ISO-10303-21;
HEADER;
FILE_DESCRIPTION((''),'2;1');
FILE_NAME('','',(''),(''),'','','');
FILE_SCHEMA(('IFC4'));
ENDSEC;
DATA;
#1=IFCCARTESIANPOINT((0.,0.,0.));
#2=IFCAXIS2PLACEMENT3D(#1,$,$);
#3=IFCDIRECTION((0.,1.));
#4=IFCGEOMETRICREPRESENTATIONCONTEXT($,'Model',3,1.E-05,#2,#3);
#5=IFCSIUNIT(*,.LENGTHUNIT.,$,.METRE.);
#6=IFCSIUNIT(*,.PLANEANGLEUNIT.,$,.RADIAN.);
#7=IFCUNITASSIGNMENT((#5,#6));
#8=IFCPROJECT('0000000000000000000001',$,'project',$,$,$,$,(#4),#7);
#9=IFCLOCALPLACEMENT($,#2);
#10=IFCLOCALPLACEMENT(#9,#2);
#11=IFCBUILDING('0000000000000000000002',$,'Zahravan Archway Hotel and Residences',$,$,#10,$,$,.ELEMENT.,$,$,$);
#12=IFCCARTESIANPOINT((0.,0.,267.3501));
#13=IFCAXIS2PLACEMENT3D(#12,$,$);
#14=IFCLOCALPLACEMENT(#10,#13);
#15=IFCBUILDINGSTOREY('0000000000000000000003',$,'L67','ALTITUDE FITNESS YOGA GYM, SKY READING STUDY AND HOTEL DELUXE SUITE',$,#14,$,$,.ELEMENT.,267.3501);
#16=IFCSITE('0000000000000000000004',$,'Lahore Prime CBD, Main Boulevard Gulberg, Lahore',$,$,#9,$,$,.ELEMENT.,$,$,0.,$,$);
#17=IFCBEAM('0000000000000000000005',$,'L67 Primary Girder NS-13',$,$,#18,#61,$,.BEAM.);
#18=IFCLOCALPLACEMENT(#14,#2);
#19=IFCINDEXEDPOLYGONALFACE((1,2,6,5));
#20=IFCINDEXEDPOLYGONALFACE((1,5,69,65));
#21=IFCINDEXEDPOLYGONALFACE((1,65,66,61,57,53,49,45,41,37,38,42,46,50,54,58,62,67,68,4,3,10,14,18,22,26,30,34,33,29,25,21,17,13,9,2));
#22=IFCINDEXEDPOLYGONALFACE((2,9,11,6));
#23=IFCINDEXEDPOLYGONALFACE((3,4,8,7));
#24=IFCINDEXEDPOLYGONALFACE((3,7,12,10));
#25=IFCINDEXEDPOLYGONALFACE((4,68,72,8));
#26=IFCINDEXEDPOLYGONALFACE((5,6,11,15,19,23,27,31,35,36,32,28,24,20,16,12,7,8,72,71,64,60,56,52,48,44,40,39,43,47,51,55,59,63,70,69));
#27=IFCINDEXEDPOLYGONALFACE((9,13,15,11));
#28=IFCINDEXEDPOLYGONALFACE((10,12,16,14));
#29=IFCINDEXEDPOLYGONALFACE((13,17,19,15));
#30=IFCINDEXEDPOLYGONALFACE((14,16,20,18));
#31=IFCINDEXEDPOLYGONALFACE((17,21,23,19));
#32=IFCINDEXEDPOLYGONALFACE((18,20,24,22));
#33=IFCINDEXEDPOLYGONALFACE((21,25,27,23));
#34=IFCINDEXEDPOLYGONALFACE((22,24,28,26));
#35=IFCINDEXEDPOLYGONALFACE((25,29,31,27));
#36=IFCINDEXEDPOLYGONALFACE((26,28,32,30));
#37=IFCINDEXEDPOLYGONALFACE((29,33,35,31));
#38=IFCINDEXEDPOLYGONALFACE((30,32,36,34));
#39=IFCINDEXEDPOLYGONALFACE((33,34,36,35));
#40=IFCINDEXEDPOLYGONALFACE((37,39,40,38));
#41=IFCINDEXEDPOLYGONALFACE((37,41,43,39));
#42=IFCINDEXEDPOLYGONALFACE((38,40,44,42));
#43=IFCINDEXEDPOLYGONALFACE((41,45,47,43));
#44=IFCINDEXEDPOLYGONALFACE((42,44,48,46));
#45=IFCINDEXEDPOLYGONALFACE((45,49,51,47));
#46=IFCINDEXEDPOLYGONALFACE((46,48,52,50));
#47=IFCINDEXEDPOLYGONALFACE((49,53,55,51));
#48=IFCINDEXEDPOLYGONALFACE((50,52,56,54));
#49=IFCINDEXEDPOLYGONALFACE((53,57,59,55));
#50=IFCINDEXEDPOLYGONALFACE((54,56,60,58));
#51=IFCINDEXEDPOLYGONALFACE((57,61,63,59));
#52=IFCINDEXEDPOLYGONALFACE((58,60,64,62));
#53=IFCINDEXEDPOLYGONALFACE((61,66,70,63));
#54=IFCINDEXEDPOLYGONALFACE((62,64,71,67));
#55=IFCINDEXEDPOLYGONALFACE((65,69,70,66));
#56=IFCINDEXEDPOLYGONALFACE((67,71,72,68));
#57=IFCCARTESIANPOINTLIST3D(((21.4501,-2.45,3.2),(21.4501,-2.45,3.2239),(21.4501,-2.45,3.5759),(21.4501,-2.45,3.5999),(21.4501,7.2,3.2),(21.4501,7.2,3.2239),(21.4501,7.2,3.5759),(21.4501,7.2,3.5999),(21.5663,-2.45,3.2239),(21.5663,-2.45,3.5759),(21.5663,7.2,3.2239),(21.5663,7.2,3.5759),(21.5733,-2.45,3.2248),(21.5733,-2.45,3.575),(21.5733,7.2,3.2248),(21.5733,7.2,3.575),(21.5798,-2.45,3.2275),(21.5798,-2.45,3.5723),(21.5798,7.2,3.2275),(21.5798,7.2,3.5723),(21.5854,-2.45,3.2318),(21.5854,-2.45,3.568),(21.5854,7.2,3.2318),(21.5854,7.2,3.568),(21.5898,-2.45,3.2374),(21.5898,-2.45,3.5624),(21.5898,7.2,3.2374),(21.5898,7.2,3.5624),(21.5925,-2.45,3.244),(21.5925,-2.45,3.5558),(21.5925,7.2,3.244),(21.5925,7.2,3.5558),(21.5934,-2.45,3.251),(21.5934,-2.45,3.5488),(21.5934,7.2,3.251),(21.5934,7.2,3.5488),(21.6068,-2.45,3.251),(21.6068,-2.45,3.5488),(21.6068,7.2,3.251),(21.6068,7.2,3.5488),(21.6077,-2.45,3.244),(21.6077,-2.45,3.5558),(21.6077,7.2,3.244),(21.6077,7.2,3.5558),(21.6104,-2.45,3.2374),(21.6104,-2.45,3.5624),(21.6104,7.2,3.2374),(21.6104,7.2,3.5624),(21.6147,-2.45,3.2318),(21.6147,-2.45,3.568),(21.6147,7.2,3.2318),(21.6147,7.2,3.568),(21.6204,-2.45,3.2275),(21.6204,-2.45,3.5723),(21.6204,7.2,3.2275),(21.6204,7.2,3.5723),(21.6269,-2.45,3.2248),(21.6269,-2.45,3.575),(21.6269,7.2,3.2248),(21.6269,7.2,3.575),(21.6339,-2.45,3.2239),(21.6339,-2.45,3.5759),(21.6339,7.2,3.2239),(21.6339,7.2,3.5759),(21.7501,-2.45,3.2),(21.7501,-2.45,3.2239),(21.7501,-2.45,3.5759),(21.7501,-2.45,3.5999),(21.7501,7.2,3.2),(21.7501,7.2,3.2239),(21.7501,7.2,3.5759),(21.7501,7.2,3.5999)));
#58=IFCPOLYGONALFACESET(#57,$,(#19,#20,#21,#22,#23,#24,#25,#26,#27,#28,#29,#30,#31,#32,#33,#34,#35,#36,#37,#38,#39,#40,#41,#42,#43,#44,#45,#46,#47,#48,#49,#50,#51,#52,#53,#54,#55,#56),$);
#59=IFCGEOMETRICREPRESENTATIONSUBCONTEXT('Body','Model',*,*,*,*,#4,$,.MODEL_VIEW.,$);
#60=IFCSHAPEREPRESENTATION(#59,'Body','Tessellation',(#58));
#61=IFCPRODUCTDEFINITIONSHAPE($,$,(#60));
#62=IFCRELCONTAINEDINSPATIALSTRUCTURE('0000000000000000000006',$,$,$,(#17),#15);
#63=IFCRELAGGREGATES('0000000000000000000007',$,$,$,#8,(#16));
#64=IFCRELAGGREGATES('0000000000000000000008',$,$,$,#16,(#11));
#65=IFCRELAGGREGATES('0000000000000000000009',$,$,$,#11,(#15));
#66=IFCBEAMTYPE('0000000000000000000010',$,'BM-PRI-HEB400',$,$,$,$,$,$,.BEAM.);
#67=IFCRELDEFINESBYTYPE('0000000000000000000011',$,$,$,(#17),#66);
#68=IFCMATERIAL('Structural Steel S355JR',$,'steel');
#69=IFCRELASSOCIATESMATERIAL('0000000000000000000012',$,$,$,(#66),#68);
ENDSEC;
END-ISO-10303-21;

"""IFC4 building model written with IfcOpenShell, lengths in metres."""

from ifc_helpers import new_model, si_unit, direction, frame, origin, origin_2d, place, context, subcontext, project, spatial, i_section, extrude, source, transform, mapped, material, material_profile, profile_set, type_object, element, save


model = new_model("IFC4")

# Units and contexts
model_context = context("Model", 3, precision=1e-05, world=origin(), true_north=direction((0.0, 1.0)))
body_context = subcontext(model_context, "Body", "Model", "MODEL_VIEW")
ifc_project = project(units=[si_unit("LENGTHUNIT", "METRE"), si_unit("PLANEANGLEUNIT", "RADIAN")], contexts=[model_context])

# Site, building, storey
site_placement = place(None, origin())
site = spatial("IfcSite", under=ifc_project, at=site_placement, Name="Lahore Prime CBD, Main Boulevard Gulberg, Lahore", CompositionType="ELEMENT", RefElevation=0.0)
building_placement = place(site_placement, origin())
building = spatial("IfcBuilding", under=site, at=building_placement, Name="Zahravan Archway Hotel and Residences", CompositionType="ELEMENT")
storey_placement = place(building_placement, frame((0.0, 0.0, 267.3501)))
storey = spatial("IfcBuildingStorey", under=building, at=storey_placement, Name="L67", Description="ALTITUDE FITNESS YOGA GYM, SKY READING STUDY AND HOTEL DELUXE SUITE", CompositionType="ELEMENT", Elevation=267.3501)

# Beam
ifc_material_1 = material(Name="Structural Steel S355JR", Category="steel")
ifc_material_profile_1 = material_profile(ifc_material_1, i_section(OverallWidth=0.3, OverallDepth=0.3999, WebThickness=0.0134, FlangeThickness=0.0239, FilletRadius=0.0271, at=origin_2d()), Name="HEB 400", Category="steel")
ifc_profile_set_1 = profile_set([ifc_material_profile_1], Name="Structural Steel S355JR")
beam_type_1 = type_object("IfcBeamType", Name="BM-PRI-HEB400", PredefinedType="BEAM", material=ifc_profile_set_1)
shared_shape_1 = source(origin(), body_context, "Body", "SweptSolid", [
    extrude(i_section(OverallWidth=0.3, OverallDepth=0.3999, WebThickness=0.0134, FlangeThickness=0.0239, FilletRadius=0.0271, at=origin_2d()), origin(), (0.0, 0.0, 1.0), 9.6499),
])
beam_1_placement = place(storey_placement, frame((21.6001, -2.45, 3.3999), z_axis=(0.0, 1.0, 0.0), x_axis=(-1.0, 0.0, 0.0)))
element("IfcBeam", 1, at=beam_1_placement, inside=storey, type_object=beam_type_1, Name="L67 Primary Girder NS-13", PredefinedType="BEAM", context=body_context, shape_type="MappedRepresentation", body=[
    mapped(shared_shape_1, transform((0.0, 0.0, 0.0), scale=1.0)),
])

save(model, "model.ifc")
